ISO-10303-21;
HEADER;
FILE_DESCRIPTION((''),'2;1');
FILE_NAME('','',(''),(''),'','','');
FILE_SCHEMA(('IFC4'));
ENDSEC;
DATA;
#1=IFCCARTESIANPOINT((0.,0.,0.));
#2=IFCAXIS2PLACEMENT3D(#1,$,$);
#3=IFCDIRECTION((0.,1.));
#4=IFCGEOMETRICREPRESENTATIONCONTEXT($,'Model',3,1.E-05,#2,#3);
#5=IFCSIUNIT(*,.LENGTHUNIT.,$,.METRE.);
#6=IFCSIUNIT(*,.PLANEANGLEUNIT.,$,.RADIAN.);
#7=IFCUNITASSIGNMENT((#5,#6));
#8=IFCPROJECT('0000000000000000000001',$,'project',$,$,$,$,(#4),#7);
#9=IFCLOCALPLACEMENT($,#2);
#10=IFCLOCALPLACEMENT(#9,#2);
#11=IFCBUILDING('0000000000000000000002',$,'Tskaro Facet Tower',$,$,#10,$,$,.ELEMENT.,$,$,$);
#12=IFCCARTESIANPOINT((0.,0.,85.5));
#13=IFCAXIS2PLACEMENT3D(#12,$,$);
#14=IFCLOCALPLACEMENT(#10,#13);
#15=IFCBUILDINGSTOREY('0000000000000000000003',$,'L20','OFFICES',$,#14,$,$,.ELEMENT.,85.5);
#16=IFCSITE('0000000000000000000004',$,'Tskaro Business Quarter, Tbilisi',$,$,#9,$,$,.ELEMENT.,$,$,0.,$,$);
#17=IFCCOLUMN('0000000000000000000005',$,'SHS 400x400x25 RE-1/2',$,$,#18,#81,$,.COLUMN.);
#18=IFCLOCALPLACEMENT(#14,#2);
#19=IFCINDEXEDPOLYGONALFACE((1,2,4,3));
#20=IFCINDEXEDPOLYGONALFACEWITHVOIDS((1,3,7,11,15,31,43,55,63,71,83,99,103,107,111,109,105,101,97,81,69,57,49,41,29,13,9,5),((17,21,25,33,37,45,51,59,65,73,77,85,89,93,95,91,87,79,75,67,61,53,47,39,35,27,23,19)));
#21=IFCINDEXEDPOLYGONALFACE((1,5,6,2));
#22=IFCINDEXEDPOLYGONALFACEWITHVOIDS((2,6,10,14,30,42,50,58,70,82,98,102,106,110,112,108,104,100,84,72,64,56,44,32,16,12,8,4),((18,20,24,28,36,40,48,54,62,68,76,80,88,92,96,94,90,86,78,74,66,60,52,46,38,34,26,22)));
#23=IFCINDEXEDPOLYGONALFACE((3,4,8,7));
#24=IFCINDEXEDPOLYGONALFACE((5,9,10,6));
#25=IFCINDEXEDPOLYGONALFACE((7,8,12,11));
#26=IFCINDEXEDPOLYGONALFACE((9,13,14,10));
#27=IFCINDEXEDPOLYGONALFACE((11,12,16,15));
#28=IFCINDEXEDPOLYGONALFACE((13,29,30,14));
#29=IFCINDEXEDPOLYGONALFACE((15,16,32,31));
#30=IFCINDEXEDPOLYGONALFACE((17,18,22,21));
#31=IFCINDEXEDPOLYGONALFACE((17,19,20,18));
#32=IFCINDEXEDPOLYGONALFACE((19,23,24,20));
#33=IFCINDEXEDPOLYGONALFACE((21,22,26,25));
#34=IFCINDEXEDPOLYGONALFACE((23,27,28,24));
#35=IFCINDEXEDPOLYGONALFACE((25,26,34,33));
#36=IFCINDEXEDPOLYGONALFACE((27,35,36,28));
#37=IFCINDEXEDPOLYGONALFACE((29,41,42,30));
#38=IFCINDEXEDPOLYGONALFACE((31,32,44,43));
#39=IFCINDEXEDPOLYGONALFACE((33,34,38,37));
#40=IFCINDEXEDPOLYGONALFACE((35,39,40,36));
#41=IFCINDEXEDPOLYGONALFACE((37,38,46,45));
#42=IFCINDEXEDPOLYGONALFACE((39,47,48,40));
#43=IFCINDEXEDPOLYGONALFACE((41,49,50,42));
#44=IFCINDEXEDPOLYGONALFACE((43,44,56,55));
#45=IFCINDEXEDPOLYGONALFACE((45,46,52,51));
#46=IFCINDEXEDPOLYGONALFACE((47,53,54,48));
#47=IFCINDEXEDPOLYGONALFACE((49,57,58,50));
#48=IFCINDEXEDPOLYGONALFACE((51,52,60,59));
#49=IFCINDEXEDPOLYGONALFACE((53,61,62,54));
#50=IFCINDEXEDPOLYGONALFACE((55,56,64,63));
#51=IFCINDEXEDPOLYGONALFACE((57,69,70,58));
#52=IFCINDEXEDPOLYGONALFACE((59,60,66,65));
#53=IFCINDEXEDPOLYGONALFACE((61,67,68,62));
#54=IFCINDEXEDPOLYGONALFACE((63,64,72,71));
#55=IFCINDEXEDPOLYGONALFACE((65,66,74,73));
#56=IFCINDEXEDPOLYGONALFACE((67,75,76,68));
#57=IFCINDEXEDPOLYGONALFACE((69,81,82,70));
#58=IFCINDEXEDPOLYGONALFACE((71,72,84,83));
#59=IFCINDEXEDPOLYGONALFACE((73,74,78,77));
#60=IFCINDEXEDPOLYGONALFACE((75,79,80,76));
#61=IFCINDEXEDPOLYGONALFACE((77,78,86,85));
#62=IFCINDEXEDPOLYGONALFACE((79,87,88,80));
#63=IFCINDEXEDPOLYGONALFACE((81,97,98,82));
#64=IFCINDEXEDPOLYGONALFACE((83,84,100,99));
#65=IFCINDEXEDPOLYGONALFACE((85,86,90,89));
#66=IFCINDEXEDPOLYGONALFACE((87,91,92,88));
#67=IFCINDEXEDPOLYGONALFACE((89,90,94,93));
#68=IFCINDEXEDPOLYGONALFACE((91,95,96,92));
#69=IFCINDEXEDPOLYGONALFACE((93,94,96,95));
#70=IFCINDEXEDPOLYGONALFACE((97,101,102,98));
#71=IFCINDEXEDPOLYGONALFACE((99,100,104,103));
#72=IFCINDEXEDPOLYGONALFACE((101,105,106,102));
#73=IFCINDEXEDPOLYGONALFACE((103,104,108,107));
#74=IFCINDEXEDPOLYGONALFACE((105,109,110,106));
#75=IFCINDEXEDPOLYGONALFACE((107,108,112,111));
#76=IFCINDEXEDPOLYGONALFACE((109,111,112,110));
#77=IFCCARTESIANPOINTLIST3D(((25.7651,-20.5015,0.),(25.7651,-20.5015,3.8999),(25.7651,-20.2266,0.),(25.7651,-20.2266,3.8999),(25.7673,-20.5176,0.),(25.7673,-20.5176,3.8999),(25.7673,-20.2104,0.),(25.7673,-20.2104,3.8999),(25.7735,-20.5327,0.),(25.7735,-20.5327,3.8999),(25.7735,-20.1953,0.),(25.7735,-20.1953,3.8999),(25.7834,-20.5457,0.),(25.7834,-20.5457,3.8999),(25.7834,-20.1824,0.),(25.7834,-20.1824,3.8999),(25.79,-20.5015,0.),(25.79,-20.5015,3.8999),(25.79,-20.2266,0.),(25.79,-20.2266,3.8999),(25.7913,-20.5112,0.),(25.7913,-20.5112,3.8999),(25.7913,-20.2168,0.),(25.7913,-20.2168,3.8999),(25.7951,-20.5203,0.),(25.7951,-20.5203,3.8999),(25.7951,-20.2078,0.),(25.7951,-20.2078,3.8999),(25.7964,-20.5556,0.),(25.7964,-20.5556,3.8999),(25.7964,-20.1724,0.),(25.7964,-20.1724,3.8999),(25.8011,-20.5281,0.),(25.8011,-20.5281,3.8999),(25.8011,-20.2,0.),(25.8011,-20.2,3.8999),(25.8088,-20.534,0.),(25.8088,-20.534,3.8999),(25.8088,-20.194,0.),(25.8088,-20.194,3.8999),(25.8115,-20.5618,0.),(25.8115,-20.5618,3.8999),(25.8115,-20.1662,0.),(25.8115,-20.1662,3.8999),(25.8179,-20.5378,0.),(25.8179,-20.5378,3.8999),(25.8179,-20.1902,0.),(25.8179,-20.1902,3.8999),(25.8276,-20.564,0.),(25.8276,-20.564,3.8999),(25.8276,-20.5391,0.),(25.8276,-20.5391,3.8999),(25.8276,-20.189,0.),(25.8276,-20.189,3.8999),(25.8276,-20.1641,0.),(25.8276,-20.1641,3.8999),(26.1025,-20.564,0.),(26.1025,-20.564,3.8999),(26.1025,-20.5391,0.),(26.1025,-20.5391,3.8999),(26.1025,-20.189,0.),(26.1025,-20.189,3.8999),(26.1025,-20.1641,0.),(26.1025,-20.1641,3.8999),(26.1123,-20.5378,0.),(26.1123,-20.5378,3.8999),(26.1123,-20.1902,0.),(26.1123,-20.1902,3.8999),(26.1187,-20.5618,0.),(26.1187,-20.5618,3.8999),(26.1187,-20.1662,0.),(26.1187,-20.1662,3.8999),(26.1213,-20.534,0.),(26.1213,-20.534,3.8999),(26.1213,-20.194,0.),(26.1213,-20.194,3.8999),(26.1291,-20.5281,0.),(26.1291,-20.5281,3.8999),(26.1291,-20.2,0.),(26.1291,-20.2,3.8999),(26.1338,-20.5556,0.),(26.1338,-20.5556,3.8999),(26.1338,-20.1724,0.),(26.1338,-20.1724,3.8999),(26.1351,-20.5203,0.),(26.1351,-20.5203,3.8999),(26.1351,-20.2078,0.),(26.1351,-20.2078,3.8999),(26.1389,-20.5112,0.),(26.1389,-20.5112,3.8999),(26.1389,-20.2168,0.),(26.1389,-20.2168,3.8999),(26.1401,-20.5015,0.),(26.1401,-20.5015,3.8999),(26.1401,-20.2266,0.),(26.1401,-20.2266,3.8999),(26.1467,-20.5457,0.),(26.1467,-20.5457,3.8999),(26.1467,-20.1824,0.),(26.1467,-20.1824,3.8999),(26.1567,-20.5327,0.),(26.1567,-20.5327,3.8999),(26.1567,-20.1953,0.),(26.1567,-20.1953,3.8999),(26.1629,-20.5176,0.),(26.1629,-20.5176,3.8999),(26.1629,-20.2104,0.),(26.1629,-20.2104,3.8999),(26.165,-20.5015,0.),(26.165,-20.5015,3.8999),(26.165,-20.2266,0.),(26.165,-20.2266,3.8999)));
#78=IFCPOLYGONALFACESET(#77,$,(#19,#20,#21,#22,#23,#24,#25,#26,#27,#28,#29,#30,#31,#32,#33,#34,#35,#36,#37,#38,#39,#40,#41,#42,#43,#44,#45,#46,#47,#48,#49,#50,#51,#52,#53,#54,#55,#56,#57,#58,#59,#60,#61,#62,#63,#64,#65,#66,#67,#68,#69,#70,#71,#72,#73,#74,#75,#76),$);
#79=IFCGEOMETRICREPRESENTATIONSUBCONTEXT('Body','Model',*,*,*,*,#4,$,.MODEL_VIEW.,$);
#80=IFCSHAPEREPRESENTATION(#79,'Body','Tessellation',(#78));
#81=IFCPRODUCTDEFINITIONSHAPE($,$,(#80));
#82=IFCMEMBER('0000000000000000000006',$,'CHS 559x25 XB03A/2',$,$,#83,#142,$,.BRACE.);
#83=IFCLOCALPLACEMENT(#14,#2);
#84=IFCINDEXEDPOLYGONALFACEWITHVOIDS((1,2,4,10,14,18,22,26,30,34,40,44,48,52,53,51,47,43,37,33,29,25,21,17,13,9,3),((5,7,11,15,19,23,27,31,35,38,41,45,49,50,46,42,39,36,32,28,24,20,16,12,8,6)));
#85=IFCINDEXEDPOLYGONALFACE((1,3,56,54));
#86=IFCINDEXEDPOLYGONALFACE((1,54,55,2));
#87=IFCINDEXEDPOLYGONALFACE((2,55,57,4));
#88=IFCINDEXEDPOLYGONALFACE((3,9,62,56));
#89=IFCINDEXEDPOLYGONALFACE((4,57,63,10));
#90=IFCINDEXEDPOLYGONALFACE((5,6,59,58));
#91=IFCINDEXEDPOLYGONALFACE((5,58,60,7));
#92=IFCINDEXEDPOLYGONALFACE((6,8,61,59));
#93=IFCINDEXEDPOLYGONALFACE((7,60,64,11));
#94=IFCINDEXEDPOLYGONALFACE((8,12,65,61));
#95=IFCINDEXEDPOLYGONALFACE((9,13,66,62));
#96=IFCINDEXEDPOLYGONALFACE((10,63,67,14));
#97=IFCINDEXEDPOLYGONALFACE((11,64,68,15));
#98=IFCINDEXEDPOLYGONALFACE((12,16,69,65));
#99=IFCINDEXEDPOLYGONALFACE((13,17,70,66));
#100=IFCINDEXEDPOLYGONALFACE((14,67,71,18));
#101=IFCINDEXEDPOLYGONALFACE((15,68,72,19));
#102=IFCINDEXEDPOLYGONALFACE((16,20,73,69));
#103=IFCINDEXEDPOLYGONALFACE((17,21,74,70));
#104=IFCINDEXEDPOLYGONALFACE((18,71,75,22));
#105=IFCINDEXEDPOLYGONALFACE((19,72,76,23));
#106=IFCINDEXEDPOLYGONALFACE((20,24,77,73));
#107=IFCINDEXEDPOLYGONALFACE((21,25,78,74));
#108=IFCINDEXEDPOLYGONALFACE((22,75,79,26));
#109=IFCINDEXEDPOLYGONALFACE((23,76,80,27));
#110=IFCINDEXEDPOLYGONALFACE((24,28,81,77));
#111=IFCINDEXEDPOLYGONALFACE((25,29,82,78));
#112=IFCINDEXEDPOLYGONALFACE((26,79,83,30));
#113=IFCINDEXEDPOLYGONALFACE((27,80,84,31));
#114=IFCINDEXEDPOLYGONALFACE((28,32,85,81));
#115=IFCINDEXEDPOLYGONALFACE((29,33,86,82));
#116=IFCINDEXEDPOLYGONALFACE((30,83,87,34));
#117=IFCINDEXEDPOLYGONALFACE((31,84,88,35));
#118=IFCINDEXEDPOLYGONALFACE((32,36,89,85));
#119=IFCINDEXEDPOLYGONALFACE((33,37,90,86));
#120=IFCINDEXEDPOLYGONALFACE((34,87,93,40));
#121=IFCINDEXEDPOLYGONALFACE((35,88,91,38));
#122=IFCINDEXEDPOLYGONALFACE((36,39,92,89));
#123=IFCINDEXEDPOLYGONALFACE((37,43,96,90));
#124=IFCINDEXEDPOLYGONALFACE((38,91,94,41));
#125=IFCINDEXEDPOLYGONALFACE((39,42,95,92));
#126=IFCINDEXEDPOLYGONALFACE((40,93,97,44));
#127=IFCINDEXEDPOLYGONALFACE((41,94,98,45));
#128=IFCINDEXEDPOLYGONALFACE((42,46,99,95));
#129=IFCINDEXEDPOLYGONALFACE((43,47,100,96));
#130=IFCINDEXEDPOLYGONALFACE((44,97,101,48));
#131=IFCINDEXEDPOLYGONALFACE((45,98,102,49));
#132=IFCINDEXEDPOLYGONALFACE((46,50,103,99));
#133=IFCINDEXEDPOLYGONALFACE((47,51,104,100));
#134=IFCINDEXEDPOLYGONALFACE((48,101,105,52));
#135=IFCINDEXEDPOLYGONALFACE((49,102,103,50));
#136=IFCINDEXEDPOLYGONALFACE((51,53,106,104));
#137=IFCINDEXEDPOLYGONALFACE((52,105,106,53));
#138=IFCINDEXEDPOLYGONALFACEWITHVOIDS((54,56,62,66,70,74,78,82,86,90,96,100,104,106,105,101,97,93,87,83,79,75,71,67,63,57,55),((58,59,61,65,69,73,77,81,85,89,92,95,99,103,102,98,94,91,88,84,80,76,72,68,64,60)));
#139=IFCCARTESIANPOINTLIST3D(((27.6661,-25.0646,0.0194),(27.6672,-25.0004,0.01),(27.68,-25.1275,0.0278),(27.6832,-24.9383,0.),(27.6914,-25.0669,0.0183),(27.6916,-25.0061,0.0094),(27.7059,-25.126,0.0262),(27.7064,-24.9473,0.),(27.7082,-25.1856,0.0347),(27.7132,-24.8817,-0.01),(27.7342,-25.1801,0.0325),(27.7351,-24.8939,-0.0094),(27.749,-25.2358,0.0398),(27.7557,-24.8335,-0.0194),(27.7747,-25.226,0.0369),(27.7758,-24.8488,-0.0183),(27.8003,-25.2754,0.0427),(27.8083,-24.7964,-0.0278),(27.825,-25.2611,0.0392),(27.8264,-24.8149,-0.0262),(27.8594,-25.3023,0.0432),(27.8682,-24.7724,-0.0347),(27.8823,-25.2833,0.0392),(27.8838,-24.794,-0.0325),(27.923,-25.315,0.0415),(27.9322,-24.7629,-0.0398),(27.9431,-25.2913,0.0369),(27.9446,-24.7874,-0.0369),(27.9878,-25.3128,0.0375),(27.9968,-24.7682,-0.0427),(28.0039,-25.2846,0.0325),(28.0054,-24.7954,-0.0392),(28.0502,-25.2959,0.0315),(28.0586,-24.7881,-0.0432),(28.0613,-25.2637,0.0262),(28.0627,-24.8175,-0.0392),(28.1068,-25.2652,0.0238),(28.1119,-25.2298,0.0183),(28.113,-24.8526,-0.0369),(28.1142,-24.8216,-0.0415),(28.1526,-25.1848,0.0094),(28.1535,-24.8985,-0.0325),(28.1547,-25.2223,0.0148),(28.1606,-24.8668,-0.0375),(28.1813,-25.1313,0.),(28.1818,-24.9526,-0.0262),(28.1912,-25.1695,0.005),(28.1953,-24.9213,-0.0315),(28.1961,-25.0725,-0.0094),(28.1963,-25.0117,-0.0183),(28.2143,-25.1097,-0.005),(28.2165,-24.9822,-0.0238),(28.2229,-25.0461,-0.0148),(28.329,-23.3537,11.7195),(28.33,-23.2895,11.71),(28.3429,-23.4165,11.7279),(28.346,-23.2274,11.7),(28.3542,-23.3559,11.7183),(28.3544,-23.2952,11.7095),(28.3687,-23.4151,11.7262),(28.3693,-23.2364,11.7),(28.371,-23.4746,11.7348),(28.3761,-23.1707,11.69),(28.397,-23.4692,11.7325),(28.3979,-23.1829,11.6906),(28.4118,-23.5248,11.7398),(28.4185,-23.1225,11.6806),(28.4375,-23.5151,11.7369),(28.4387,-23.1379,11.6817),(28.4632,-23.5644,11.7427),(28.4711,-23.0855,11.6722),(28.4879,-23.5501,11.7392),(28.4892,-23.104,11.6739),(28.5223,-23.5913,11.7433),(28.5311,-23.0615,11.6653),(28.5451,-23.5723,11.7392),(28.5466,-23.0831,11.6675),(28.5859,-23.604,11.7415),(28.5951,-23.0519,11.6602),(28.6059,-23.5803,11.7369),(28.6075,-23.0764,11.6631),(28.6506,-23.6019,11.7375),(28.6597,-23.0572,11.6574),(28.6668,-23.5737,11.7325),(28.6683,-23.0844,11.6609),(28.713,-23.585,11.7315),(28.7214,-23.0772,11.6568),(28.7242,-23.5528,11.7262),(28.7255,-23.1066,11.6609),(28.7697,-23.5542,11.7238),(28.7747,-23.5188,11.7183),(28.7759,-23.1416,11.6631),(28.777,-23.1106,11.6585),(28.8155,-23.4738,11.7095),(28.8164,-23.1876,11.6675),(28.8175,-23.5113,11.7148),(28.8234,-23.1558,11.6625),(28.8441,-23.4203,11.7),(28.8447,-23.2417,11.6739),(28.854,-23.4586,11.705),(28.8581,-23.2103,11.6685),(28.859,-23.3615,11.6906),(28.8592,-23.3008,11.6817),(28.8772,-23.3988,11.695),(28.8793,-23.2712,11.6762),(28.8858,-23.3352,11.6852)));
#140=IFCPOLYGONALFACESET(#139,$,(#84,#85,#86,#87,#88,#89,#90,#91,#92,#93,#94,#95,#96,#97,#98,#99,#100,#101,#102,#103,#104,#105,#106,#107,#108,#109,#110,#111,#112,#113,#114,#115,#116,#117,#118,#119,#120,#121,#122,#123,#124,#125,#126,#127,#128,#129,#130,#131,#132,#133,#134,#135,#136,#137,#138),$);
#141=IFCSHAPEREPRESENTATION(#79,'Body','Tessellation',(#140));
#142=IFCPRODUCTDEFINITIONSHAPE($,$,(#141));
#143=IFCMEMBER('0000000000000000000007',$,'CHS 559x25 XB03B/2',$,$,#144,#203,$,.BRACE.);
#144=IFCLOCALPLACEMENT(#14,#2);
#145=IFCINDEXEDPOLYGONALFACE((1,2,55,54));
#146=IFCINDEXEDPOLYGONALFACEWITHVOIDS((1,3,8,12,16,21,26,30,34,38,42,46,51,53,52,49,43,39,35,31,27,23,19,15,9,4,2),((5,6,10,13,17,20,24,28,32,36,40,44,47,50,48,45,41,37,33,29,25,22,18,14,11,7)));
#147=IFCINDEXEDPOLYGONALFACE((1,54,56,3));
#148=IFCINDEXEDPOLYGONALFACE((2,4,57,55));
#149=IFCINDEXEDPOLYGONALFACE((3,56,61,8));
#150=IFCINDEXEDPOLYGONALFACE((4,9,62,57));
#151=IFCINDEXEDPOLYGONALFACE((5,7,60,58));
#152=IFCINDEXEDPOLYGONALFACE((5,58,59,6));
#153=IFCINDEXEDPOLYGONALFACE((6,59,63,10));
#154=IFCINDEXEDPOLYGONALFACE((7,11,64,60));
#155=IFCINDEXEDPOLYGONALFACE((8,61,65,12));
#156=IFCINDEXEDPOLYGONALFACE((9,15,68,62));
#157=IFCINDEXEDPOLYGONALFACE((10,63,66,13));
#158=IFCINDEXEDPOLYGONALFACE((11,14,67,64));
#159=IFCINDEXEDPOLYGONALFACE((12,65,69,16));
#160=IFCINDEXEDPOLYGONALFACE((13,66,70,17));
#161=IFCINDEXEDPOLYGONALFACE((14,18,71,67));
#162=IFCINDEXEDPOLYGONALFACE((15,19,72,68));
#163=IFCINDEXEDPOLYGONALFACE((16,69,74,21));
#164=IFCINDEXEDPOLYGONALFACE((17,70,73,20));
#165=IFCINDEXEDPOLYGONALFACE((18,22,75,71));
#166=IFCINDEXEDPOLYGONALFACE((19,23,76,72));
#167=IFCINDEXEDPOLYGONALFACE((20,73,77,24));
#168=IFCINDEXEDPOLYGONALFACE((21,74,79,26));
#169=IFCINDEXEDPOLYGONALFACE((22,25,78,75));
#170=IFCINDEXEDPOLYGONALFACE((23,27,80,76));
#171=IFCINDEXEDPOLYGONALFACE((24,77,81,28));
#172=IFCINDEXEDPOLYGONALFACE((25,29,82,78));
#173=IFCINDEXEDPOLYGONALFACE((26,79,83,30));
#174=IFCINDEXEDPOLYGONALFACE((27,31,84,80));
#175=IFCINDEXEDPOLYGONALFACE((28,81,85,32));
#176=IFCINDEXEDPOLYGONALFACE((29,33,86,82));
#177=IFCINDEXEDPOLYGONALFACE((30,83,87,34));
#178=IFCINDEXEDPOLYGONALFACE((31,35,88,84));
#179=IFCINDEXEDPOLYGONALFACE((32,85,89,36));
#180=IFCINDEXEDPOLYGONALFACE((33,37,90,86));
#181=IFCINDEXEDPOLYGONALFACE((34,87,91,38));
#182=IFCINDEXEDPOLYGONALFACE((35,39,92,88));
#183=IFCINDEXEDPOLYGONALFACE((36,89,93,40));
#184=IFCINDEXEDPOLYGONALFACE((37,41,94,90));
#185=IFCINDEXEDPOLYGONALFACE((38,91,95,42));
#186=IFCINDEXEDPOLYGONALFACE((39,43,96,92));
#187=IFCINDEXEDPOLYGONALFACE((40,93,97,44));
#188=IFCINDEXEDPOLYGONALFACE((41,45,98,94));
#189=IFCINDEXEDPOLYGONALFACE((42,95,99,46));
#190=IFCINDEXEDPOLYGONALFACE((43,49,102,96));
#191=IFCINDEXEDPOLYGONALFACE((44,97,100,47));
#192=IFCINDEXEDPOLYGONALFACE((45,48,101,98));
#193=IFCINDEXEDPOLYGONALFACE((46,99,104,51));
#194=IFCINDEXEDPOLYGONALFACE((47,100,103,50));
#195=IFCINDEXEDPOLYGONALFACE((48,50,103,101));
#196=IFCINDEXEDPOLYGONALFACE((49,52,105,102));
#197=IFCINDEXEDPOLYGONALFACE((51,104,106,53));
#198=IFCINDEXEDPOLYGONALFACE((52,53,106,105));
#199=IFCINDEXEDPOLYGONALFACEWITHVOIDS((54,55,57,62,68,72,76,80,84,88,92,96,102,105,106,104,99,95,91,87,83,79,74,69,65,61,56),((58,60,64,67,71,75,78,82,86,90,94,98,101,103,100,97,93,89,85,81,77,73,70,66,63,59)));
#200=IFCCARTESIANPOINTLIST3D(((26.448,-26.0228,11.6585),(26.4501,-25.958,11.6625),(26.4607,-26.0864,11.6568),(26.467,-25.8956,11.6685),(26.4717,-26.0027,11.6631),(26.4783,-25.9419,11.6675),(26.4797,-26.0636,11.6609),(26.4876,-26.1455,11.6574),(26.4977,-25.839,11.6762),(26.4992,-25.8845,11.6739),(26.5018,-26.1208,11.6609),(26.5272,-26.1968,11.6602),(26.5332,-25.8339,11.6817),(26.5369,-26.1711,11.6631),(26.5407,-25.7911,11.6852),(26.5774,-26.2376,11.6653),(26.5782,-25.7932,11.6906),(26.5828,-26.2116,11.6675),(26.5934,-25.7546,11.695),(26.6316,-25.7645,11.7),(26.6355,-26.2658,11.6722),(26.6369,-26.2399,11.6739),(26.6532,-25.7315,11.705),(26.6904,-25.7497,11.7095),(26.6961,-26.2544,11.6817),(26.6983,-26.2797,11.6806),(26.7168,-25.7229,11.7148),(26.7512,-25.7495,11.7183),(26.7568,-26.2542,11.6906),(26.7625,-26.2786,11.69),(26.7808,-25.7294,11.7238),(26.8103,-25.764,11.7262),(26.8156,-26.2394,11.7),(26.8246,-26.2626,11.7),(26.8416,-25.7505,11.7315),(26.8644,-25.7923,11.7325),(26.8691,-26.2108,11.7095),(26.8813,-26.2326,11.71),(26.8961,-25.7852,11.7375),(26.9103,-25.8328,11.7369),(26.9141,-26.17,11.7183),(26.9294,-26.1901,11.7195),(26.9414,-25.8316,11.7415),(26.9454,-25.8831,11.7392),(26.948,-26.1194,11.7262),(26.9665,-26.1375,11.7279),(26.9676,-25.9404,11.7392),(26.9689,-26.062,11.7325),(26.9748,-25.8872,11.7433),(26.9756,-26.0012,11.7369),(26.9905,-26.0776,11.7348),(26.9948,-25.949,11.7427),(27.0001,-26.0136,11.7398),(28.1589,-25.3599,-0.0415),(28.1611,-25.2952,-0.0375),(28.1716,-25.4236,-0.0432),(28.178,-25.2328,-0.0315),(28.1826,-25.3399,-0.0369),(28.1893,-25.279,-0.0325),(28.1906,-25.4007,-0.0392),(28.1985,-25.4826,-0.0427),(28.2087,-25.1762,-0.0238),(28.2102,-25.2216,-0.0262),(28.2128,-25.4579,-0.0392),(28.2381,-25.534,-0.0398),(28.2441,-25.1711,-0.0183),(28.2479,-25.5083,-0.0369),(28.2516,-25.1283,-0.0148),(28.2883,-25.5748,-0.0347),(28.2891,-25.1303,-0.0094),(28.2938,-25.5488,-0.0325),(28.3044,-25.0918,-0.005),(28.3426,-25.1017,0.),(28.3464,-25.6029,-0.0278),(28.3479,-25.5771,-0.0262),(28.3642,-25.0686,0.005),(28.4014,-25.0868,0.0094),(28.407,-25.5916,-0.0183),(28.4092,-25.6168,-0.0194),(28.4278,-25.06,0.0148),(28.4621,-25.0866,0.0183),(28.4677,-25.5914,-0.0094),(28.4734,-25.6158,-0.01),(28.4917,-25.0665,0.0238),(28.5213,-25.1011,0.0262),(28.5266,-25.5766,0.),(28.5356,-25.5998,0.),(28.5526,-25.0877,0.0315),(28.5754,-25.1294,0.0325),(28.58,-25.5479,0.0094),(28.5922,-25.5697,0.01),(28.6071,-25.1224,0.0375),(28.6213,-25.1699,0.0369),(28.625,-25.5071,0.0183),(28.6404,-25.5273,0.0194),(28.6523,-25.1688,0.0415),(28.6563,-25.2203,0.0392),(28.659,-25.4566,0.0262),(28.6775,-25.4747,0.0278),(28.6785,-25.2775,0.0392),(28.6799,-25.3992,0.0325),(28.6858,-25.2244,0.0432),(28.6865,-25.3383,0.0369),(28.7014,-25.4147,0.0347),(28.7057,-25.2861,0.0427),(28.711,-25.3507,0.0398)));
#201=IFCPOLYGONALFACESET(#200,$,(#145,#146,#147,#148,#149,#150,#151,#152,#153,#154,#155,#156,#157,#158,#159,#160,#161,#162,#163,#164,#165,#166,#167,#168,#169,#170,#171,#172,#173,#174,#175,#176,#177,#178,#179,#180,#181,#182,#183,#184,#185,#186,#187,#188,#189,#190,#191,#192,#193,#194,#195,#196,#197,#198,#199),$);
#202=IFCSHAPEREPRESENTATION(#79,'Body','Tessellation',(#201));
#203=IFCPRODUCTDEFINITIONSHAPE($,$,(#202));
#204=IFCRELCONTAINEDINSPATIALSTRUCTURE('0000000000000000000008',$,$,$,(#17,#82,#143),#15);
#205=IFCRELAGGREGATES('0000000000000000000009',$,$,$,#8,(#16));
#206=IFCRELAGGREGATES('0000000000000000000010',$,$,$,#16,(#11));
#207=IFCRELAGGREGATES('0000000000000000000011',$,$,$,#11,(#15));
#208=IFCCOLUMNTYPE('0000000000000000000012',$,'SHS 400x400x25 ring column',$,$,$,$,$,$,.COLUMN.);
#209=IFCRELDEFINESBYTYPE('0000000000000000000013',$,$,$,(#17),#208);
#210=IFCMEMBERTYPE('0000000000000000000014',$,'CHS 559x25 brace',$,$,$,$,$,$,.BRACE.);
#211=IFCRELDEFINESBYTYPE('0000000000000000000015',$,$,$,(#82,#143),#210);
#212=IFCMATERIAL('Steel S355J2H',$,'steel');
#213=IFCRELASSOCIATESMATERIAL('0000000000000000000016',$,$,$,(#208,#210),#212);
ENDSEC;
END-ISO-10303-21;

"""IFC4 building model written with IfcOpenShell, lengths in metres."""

from ifc_helpers import new_model, si_unit, direction, frame, origin, origin_2d, place, context, subcontext, project, spatial, hollow_rectangle, hollow_circle, extrude, material, material_profile, profile_set, type_object, element, save


model = new_model("IFC4")

# Units and contexts
model_context = context("Model", 3, precision=1e-05, world=origin(), true_north=direction((0.0, 1.0)))
body_context = subcontext(model_context, "Body", "Model", "MODEL_VIEW")
ifc_project = project(units=[si_unit("LENGTHUNIT", "METRE"), si_unit("PLANEANGLEUNIT", "RADIAN")], contexts=[model_context])

# Site, building, storey
site_placement = place(None, origin())
site = spatial("IfcSite", under=ifc_project, at=site_placement, Name="Tskaro Business Quarter, Tbilisi", CompositionType="ELEMENT", RefElevation=0.0)
building_placement = place(site_placement, origin())
building = spatial("IfcBuilding", under=site, at=building_placement, Name="Tskaro Facet Tower", CompositionType="ELEMENT")
storey_placement = place(building_placement, frame((0.0, 0.0, 85.5)))
storey = spatial("IfcBuildingStorey", under=building, at=storey_placement, Name="L20", Description="OFFICES", CompositionType="ELEMENT", Elevation=85.5)

# Column
ifc_material_1 = material(Name="Steel S355J2H", Category="steel")
ifc_material_profile_1 = material_profile(ifc_material_1, hollow_rectangle(XDim=0.3999, YDim=0.3999, WallThickness=0.0249, InnerFilletRadius=0.0376, OuterFilletRadius=0.0625, at=origin_2d()), Name="SHS 400x400x25")
ifc_profile_set_1 = profile_set([ifc_material_profile_1], Name="Steel S355J2H")
column_type_1 = type_object("IfcColumnType", Name="SHS 400x400x25 ring column", PredefinedType="COLUMN", material=ifc_profile_set_1)
for number, where, z_axis, x_axis, name in (
    (1, (25.9651, -20.364, 0.0), (0.0, 0.0, 1.0), (1.0, 0.0, 0.0), "SHS 400x400x25 RE-1/2"),
):
    element("IfcColumn", number, at=place(storey_placement, frame(where, z_axis=z_axis, x_axis=x_axis)), inside=storey, type_object=column_type_1, Name=name, PredefinedType="COLUMN", context=body_context, shape_type="SweptSolid", body=[
        extrude(hollow_rectangle(XDim=0.3999, YDim=0.3999, WallThickness=0.0249, InnerFilletRadius=0.0376, OuterFilletRadius=0.0625, at=origin_2d()), origin(), (0.0, 0.0, 1.0), 3.8999),
    ])

# Members
ifc_material_profile_2 = material_profile(ifc_material_1, hollow_circle(Radius=0.2795, WallThickness=0.0249, at=origin_2d()), Name="CHS 559x25")
ifc_profile_set_2 = profile_set([ifc_material_profile_2], Name="Steel S355J2H")
member_type_1 = type_object("IfcMemberType", Name="CHS 559x25 brace", PredefinedType="BRACE", material=ifc_profile_set_2)
for number, where, z_axis, x_axis, name in (
    (2, (27.9438, -25.0393, 0.0), (0.055969, 0.144469, 0.987925), (-0.932468, 0.361252, 0.0), "CHS 559x25 XB03A/2"),
    (3, (28.4346, -25.3391, 0.0), (-0.144469, -0.055969, 0.987925), (0.361252, -0.932468, 0.0), "CHS 559x25 XB03B/2"),
):
    element("IfcMember", number, at=place(storey_placement, frame(where, z_axis=z_axis, x_axis=x_axis)), inside=storey, type_object=member_type_1, Name=name, PredefinedType="BRACE", context=body_context, shape_type="SweptSolid", body=[
        extrude(hollow_circle(Radius=0.2795, WallThickness=0.0249, at=origin_2d()), origin(), (0.0, 0.0, 1.0), 11.843),
    ])

save(model, "model.ifc")
